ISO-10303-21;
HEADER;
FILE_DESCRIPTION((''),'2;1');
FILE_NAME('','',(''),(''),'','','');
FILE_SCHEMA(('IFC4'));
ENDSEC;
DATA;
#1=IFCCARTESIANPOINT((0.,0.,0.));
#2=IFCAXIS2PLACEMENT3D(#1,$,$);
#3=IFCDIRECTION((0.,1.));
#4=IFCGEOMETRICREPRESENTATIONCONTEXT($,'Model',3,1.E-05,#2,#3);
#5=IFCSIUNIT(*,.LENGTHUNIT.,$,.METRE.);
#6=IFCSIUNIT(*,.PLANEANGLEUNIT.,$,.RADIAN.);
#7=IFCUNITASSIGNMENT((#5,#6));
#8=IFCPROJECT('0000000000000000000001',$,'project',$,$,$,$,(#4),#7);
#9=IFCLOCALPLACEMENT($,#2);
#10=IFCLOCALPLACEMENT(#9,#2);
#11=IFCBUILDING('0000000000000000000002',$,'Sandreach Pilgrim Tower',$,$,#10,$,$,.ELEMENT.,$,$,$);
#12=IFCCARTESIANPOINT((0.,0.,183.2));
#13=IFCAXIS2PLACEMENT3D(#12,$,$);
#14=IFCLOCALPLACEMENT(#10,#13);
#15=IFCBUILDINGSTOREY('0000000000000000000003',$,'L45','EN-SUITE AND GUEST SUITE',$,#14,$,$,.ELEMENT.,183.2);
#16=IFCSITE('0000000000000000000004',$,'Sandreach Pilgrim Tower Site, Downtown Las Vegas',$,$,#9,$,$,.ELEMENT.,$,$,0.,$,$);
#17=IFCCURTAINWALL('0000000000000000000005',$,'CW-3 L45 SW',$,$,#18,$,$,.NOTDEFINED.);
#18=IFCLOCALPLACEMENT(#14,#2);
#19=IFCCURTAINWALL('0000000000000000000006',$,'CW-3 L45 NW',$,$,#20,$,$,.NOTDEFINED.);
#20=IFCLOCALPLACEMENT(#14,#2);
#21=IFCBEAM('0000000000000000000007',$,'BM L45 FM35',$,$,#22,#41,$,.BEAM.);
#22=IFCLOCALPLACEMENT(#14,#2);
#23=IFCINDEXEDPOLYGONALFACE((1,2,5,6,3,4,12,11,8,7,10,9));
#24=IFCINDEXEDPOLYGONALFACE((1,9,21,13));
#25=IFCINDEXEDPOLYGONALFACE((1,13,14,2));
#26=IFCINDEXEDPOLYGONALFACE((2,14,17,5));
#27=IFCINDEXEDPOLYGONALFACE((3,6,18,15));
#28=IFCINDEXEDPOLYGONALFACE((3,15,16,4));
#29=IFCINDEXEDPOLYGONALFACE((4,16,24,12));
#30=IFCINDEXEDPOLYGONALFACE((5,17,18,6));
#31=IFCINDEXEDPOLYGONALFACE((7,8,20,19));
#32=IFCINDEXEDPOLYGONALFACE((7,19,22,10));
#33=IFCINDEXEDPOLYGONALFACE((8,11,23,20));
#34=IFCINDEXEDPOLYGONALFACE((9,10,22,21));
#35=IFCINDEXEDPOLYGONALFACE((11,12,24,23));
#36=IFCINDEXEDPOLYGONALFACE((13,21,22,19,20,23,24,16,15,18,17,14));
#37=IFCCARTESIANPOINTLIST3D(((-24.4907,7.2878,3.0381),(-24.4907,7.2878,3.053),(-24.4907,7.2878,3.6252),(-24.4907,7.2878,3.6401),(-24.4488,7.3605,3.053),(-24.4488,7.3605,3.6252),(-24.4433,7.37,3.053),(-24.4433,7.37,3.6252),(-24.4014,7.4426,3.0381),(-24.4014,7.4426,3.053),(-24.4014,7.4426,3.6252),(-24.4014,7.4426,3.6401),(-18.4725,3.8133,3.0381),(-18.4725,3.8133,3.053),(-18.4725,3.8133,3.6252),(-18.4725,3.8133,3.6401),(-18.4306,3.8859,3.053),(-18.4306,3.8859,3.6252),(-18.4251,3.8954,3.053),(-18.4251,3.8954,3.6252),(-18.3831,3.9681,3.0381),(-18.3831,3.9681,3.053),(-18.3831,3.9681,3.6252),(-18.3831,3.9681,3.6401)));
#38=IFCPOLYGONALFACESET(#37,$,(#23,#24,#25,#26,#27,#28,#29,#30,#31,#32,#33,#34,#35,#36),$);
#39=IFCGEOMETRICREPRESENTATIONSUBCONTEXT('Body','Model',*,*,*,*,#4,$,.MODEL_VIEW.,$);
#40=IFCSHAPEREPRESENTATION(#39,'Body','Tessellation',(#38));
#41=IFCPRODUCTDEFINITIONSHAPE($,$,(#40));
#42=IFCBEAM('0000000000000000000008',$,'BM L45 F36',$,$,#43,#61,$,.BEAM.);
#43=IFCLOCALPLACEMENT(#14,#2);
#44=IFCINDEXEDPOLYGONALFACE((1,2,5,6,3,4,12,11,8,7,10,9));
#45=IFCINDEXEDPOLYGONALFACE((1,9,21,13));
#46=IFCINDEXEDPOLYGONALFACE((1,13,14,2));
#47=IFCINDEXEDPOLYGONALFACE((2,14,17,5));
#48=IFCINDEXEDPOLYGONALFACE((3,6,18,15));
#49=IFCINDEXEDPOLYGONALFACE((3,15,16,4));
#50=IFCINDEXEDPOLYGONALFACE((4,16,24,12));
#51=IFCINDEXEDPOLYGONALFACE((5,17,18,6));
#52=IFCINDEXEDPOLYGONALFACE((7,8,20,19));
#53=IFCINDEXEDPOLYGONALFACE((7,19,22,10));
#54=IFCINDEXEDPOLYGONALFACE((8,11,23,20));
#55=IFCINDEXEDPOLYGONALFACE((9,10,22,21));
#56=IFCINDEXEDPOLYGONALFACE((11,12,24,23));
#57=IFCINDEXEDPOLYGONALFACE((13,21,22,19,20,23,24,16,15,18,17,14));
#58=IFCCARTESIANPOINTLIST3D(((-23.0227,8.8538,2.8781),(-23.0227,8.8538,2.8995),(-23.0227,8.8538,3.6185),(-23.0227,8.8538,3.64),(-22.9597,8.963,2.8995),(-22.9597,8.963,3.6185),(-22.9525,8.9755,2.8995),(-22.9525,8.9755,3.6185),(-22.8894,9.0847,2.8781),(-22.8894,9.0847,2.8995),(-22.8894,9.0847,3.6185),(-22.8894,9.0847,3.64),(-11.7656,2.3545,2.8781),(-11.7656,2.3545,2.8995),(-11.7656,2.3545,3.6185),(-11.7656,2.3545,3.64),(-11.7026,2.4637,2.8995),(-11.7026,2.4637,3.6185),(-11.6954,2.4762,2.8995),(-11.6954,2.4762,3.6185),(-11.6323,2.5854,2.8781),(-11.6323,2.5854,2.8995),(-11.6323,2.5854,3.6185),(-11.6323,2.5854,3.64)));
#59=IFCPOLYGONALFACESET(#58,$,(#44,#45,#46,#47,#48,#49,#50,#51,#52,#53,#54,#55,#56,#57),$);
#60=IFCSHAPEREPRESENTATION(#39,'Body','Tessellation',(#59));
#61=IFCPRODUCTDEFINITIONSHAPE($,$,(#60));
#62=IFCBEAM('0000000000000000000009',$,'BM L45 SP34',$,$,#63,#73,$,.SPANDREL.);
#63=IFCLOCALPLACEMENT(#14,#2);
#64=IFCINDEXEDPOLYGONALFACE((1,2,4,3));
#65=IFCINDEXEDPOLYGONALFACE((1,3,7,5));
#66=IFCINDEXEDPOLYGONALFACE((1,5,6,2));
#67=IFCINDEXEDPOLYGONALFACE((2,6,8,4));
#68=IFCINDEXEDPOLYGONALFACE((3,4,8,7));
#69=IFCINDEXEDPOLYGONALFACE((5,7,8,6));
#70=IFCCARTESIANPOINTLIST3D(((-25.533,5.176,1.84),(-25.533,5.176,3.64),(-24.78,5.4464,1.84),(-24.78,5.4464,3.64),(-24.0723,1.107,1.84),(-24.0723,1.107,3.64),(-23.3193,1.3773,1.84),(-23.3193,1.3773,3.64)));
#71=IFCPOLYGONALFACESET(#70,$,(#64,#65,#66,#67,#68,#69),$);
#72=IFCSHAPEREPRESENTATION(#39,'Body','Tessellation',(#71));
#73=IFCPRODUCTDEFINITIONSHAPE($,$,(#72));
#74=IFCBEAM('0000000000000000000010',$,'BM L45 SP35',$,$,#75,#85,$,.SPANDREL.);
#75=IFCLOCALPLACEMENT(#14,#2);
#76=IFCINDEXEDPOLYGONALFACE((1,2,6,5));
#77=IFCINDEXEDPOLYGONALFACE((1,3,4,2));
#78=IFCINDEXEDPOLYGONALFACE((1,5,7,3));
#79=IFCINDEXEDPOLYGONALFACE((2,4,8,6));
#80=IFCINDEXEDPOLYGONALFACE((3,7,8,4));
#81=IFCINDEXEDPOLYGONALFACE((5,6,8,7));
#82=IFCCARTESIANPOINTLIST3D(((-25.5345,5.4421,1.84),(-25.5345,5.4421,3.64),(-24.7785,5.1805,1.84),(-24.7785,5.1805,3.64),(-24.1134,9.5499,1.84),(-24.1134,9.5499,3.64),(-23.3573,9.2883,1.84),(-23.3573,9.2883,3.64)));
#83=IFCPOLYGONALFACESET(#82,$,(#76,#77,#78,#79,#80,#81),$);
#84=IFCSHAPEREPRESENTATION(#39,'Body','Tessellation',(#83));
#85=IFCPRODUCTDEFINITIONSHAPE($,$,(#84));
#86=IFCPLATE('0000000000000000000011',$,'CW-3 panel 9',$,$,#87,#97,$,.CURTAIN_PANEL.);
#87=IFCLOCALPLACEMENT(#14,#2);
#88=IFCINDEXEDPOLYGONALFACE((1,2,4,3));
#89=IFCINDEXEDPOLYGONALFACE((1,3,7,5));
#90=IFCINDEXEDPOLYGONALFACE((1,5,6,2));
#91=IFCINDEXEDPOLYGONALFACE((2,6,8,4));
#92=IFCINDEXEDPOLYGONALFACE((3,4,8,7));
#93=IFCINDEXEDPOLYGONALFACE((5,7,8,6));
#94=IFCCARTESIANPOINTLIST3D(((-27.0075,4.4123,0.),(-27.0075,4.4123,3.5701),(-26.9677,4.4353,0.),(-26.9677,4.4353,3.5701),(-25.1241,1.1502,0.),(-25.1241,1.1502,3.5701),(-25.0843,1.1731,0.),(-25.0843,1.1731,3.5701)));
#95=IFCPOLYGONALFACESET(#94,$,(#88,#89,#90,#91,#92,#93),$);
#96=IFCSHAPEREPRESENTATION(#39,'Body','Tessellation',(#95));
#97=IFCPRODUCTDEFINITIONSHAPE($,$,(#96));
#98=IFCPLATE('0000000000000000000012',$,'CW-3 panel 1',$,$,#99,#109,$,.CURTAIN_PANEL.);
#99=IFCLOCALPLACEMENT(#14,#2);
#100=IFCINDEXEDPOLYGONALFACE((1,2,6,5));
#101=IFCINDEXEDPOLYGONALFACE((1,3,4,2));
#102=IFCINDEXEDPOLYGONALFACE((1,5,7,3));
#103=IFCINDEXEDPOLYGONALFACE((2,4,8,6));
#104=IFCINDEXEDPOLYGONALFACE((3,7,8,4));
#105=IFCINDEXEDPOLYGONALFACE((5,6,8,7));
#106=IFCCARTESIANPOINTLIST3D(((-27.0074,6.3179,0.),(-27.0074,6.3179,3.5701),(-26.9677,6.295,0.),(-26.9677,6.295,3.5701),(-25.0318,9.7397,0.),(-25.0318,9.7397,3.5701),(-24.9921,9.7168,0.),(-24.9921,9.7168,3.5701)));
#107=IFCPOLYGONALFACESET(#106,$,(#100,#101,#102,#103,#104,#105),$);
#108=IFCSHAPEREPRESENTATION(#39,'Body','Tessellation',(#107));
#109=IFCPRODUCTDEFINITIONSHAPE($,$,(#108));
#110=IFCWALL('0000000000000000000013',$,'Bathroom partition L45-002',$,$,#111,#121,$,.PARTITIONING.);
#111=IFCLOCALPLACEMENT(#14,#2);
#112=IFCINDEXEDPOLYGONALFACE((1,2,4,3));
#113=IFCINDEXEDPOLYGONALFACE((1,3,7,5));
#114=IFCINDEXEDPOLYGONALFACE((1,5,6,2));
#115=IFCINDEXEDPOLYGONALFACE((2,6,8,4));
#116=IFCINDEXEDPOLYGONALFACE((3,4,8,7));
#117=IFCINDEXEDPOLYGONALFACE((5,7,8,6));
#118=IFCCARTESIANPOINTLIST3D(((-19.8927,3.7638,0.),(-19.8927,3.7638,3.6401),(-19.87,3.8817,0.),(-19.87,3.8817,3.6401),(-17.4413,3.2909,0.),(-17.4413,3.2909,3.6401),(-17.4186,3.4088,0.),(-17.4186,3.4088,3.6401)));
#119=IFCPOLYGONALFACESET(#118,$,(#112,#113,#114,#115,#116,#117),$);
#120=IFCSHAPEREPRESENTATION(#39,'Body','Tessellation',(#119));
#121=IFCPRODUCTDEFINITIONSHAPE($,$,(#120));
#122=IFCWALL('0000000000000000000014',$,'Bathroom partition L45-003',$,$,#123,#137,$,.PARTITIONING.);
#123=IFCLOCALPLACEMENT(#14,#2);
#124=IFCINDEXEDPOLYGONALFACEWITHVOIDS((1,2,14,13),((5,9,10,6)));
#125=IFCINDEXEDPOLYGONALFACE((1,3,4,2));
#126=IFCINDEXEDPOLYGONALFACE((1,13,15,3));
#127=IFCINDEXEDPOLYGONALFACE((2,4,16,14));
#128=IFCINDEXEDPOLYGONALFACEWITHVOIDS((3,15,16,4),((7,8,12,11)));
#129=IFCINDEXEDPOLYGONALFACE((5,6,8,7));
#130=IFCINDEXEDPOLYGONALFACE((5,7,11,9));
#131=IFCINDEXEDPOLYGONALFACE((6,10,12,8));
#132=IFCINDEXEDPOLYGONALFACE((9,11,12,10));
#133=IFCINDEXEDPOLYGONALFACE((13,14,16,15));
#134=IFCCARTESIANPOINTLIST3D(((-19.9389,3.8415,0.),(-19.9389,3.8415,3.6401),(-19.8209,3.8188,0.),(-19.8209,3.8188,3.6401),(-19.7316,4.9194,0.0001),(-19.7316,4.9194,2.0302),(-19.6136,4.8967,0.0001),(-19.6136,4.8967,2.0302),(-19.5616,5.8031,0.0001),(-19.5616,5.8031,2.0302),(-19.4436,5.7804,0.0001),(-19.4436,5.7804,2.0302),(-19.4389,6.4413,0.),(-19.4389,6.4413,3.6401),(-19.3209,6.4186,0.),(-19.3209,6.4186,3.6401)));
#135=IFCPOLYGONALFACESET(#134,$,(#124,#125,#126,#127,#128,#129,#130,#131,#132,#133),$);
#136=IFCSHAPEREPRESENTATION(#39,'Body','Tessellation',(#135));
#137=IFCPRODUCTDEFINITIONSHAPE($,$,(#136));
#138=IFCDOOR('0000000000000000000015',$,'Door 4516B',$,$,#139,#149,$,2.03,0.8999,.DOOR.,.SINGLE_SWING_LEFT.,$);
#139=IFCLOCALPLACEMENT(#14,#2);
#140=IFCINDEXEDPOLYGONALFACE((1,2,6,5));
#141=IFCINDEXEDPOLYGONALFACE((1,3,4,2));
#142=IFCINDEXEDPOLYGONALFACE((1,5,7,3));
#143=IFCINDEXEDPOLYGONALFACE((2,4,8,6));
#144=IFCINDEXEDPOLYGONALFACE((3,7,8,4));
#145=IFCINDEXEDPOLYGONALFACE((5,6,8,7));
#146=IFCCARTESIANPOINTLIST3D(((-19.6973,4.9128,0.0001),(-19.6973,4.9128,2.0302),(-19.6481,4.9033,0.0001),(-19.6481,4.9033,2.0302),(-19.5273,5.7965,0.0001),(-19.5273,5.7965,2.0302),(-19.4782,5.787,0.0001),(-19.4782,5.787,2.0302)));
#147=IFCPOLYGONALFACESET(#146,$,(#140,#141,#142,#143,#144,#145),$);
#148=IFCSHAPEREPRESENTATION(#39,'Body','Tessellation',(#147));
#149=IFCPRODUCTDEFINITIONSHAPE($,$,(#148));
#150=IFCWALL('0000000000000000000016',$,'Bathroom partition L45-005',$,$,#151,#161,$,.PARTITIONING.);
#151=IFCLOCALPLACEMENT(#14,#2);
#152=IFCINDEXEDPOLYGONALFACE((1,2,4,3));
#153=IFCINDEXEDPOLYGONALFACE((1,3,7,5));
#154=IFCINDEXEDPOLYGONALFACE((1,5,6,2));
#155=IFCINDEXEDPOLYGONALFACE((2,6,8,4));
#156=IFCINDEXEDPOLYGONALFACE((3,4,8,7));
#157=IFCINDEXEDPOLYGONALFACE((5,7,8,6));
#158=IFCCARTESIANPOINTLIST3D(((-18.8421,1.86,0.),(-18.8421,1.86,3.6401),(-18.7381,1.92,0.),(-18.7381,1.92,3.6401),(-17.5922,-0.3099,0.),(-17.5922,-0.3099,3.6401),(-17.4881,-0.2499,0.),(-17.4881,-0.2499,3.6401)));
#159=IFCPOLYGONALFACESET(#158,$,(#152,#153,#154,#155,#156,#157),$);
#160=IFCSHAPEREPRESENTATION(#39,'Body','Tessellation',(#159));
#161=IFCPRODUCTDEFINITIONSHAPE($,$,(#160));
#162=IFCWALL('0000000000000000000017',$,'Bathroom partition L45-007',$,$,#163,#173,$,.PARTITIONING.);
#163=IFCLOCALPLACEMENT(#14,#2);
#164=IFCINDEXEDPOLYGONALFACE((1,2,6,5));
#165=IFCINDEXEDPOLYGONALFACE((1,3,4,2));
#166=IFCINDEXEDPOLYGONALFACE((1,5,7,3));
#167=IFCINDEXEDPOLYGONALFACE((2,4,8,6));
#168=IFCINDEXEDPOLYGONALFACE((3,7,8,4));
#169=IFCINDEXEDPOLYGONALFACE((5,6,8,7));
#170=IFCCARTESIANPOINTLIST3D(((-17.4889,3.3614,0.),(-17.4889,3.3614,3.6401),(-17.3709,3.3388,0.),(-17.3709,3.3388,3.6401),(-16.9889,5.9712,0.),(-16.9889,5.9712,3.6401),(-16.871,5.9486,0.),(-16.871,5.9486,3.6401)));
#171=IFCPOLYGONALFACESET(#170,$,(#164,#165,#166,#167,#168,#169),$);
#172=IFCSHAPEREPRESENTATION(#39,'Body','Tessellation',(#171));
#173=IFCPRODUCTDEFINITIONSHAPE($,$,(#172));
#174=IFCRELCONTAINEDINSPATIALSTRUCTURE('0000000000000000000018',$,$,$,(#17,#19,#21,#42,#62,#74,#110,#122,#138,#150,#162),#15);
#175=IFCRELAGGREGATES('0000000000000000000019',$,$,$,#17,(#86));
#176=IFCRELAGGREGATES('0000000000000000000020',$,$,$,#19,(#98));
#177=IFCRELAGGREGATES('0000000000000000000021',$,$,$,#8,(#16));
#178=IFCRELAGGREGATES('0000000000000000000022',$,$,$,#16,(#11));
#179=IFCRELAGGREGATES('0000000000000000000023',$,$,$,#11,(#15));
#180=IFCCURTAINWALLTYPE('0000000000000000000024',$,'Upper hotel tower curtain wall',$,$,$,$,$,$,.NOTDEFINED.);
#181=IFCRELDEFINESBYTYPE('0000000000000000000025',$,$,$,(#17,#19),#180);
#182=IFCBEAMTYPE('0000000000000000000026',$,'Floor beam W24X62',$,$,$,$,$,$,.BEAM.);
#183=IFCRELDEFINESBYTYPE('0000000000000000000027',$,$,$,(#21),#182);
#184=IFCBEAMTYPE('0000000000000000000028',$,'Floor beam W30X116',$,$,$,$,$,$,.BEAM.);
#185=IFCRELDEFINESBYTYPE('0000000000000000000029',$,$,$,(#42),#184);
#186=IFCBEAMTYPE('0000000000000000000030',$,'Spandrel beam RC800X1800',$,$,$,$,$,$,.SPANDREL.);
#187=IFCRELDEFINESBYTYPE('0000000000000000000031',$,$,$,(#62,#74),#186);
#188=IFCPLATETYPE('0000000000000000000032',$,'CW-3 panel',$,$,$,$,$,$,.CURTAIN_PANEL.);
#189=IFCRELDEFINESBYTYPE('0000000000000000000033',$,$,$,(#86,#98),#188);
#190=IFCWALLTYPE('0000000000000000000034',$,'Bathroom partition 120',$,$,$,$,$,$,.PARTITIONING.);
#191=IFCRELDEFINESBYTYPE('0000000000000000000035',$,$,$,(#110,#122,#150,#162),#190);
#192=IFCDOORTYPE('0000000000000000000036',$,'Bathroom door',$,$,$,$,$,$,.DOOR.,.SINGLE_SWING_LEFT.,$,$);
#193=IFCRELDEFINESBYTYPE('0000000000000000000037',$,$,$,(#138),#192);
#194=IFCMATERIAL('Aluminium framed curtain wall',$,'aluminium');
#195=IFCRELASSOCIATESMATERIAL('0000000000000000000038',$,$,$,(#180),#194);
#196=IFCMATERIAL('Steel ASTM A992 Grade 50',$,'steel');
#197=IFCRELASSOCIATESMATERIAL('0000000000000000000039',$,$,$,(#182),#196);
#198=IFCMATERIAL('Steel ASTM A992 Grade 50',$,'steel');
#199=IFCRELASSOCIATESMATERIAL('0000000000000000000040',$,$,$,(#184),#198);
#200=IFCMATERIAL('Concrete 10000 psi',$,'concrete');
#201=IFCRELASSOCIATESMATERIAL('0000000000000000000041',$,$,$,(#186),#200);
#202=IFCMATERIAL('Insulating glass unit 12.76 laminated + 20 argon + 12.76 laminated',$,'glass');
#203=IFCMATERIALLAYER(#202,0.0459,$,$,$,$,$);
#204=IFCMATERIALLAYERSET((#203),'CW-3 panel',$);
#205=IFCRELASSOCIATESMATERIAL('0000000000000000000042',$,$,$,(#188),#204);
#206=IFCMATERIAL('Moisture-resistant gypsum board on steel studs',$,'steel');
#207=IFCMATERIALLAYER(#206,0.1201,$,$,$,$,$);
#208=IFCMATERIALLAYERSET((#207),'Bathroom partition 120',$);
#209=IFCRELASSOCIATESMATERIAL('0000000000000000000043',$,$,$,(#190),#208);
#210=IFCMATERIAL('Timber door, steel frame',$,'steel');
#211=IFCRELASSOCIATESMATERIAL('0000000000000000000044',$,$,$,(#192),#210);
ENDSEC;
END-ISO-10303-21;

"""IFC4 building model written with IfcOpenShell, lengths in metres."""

from ifc_helpers import new_model, si_unit, direction, frame, frame_2d, origin, origin_2d, place, context, subcontext, project, spatial, rectangle, i_section, extrude, material, layer, layer_set, material_profile, profile_set, type_object, element, fill, aggregate, save


model = new_model("IFC4")

# Units and contexts
model_context = context("Model", 3, precision=1e-05, world=origin(), true_north=direction((0.0, 1.0)))
body_context = subcontext(model_context, "Body", "Model", "MODEL_VIEW")
ifc_project = project(units=[si_unit("LENGTHUNIT", "METRE"), si_unit("PLANEANGLEUNIT", "RADIAN")], contexts=[model_context])

# Site, building, storey
site_placement = place(None, origin())
site = spatial("IfcSite", under=ifc_project, at=site_placement, Name="Sandreach Pilgrim Tower Site, Downtown Las Vegas", CompositionType="ELEMENT", RefElevation=0.0)
building_placement = place(site_placement, origin())
building = spatial("IfcBuilding", under=site, at=building_placement, Name="Sandreach Pilgrim Tower", CompositionType="ELEMENT")
storey_placement = place(building_placement, frame((0.0, 0.0, 183.2)))
storey = spatial("IfcBuildingStorey", under=building, at=storey_placement, Name="L45", Description="EN-SUITE AND GUEST SUITE", CompositionType="ELEMENT", Elevation=183.2)

# Curtain wall
ifc_material_1 = material(Name="Aluminium framed curtain wall", Category="aluminium")
curtain_wall_type = type_object("IfcCurtainWallType", Name="Upper hotel tower curtain wall", PredefinedType="NOTDEFINED", material=ifc_material_1)
curtain_wall_1_placement = place(storey_placement, origin())
curtain_wall_1 = element("IfcCurtainWall", 1, at=curtain_wall_1_placement, inside=storey, type_object=curtain_wall_type, Name="CW-3 L45 SW", PredefinedType="NOTDEFINED")

# Curtain wall
curtain_wall_2_placement = place(storey_placement, origin())
curtain_wall_2 = element("IfcCurtainWall", 2, at=curtain_wall_2_placement, inside=storey, type_object=curtain_wall_type, Name="CW-3 L45 NW", PredefinedType="NOTDEFINED")

# Beams
ifc_material_2 = material(Name="Steel ASTM A992 Grade 50", Category="steel")
ifc_material_profile_1 = material_profile(ifc_material_2, i_section(OverallWidth=0.1787, OverallDepth=0.6021, WebThickness=0.011, FlangeThickness=0.0149, at=origin_2d()), Name="W24X62")
ifc_profile_set_1 = profile_set([ifc_material_profile_1], Name="Steel ASTM A992 Grade 50")
beam_type_1 = type_object("IfcBeamType", Name="Floor beam W24X62", PredefinedType="BEAM", material=ifc_profile_set_1)
beam_1_placement = place(storey_placement, frame((-24.446, 7.3652, 3.3391), z_axis=(0.866029, -0.499993, 0.0), x_axis=(0.499993, 0.866029, 0.0)))
element("IfcBeam", 3, at=beam_1_placement, inside=storey, type_object=beam_type_1, Name="BM L45 FM35", PredefinedType="BEAM", context=body_context, shape_type="SweptSolid", body=[
    extrude(i_section(OverallWidth=0.1787, OverallDepth=0.6021, WebThickness=0.011, FlangeThickness=0.0149, at=origin_2d()), origin(), (0.0, 0.0, 1.0), 6.9492),
])
ifc_material_3 = material(Name="Steel ASTM A992 Grade 50", Category="steel")
ifc_material_profile_2 = material_profile(ifc_material_3, i_section(OverallWidth=0.2666, OverallDepth=0.762, WebThickness=0.0144, FlangeThickness=0.0215, at=origin_2d()), Name="W30X116")
ifc_profile_set_2 = profile_set([ifc_material_profile_2], Name="Steel ASTM A992 Grade 50")
beam_type_2 = type_object("IfcBeamType", Name="Floor beam W30X116", PredefinedType="BEAM", material=ifc_profile_set_2)
beam_2_placement = place(storey_placement, frame((-22.9561, 8.9692, 3.259), z_axis=(0.866026, -0.499999, 0.0), x_axis=(0.499999, 0.866026, 0.0)))
element("IfcBeam", 4, at=beam_2_placement, inside=storey, type_object=beam_type_2, Name="BM L45 F36", PredefinedType="BEAM", context=body_context, shape_type="SweptSolid", body=[
    extrude(i_section(OverallWidth=0.2666, OverallDepth=0.762, WebThickness=0.0144, FlangeThickness=0.0215, at=origin_2d()), origin(), (0.0, 0.0, 1.0), 12.9985),
])
ifc_material_4 = material(Name="Concrete 10000 psi", Category="concrete")
ifc_material_profile_3 = material_profile(ifc_material_4, rectangle(XDim=0.8, YDim=1.8, at=origin_2d()), Name="RC800X1800")
ifc_profile_set_3 = profile_set([ifc_material_profile_3], Name="Concrete 10000 psi")
beam_type_3 = type_object("IfcBeamType", Name="Spandrel beam RC800X1800", PredefinedType="SPANDREL", material=ifc_profile_set_3)
beam_3_placement = place(storey_placement, frame((-23.6958, 1.2422, 2.74), z_axis=(-0.337863, 0.941195, 0.0), x_axis=(-0.941195, -0.337863, 0.0)))
element("IfcBeam", 5, at=beam_3_placement, inside=storey, type_object=beam_type_3, Name="BM L45 SP34", PredefinedType="SPANDREL", context=body_context, shape_type="SweptSolid", body=[
    extrude(rectangle(XDim=0.8, YDim=1.8, at=origin_2d()), origin(), (0.0, 0.0, 1.0), 4.3232),
])
beam_4_placement = place(storey_placement, frame((-25.1565, 5.3113, 2.74), z_axis=(0.326941, 0.945045, 0.0), x_axis=(-0.945045, 0.326941, 0.0)))
element("IfcBeam", 6, at=beam_4_placement, inside=storey, type_object=beam_type_3, Name="BM L45 SP35", PredefinedType="SPANDREL", context=body_context, shape_type="SweptSolid", body=[
    extrude(rectangle(XDim=0.8, YDim=1.8, at=origin_2d()), origin(), (0.0, 0.0, 1.0), 4.3467),
])

# Plates
ifc_material_5 = material(Name="Insulating glass unit 12.76 laminated + 20 argon + 12.76 laminated", Category="glass")
ifc_layer_1 = layer(ifc_material_5, 0.0459)
ifc_layer_set_1 = layer_set([ifc_layer_1], Name="CW-3 panel")
plate_type = type_object("IfcPlateType", Name="CW-3 panel", PredefinedType="CURTAIN_PANEL", material=ifc_layer_set_1)
plate_1_placement = place(storey_placement, frame((-26.0459, 2.7927, 0.0), z_axis=(0.0, 0.0, 1.0), x_axis=(-0.5, 0.866025, 0.0)))
plate_1 = element("IfcPlate", 7, at=plate_1_placement, type_object=plate_type, Name="CW-3 panel 9", PredefinedType="CURTAIN_PANEL", context=body_context, shape_type="SweptSolid", body=[
    extrude(rectangle(XDim=3.7668, YDim=0.0459, at=origin_2d()), origin(), (0.0, 0.0, 1.0), 3.5701),
])
aggregate(curtain_wall_1, [plate_1])
plate_2_placement = place(storey_placement, frame((-25.9998, 8.0173, 0.0), z_axis=(0.0, 0.0, 1.0), x_axis=(0.5, 0.866025, 0.0)))
plate_2 = element("IfcPlate", 8, at=plate_2_placement, type_object=plate_type, Name="CW-3 panel 1", PredefinedType="CURTAIN_PANEL", context=body_context, shape_type="SweptSolid", body=[
    extrude(rectangle(XDim=3.9512, YDim=0.0459, at=origin_2d()), origin(), (0.0, 0.0, 1.0), 3.5701),
])
aggregate(curtain_wall_2, [plate_2])

# Wall
ifc_material_6 = material(Name="Moisture-resistant gypsum board on steel studs", Category="steel")
ifc_layer_2 = layer(ifc_material_6, 0.1201)
ifc_layer_set_2 = layer_set([ifc_layer_2], Name="Bathroom partition 120")
wall_type_1 = type_object("IfcWallType", Name="Bathroom partition 120", PredefinedType="PARTITIONING", material=ifc_layer_set_2)
wall_1_placement = place(storey_placement, frame((-19.8813, 3.8228, 0.0), z_axis=(0.0, 0.0, 1.0), x_axis=(0.981897, -0.189417, 0.0)))
element("IfcWall", 9, at=wall_1_placement, inside=storey, type_object=wall_type_1, Name="Bathroom partition L45-002", PredefinedType="PARTITIONING", context=body_context, shape_type="SweptSolid", body=[
    extrude(rectangle(XDim=2.4966, YDim=0.1201, at=frame_2d((1.2483, 0.0))), origin(), (0.0, 0.0, 1.0), 3.6401),
])

# Wall, opening, door
wall_2_placement = place(storey_placement, frame((-19.3799, 6.4299, 0.0), z_axis=(0.0, 0.0, 1.0), x_axis=(-0.188858, -0.982004, 0.0)))
wall_2 = element("IfcWall", 10, at=wall_2_placement, inside=storey, type_object=wall_type_1, Name="Bathroom partition L45-003", PredefinedType="PARTITIONING", context=body_context, shape_type="SweptSolid", body=[
    extrude(rectangle(XDim=2.6475, YDim=0.1201, at=frame_2d((1.3237, 0.0))), origin(), (0.0, 0.0, 1.0), 3.6401),
])
opening_1_placement = place(wall_2_placement, frame((0.6499, 0.0, 0.0)))
opening_1 = element("IfcOpeningElement", 11, at=opening_1_placement, cuts=wall_2, PredefinedType="OPENING", context=body_context, shape_type="SweptSolid", body=[
    extrude(rectangle(XDim=0.8999, YDim=2.03, at=frame_2d((0.45, 1.0151))), frame((0.0, 0.0601, 0.0), z_axis=(0.0, -1.0, 0.0), x_axis=(1.0, 0.0, 0.0)), (0.0, 0.0, 1.0), 0.1201),
])
ifc_material_7 = material(Name="Timber door, steel frame", Category="steel")
door_type_1 = type_object("IfcDoorType", Name="Bathroom door", OperationType="SINGLE_SWING_LEFT", PredefinedType="DOOR", material=ifc_material_7)
door_1_placement = place(opening_1_placement, origin())
door_1 = element("IfcDoor", 12, at=door_1_placement, inside=storey, type_object=door_type_1, Name="Door 4516B", OperationType="SINGLE_SWING_LEFT", OverallHeight=2.03, OverallWidth=0.8999, PredefinedType="DOOR", context=body_context, shape_type="SweptSolid", body=[
    extrude(rectangle(XDim=0.8999, YDim=2.03, at=frame_2d((0.45, 1.0151))), frame((0.0, 0.0249, 0.0), z_axis=(0.0, -1.0, 0.0), x_axis=(1.0, 0.0, 0.0)), (0.0, 0.0, 1.0), 0.05),
])
fill(opening_1, door_1)

# Walls
wall_3_placement = place(storey_placement, frame((-18.79, 1.8899, 0.0), z_axis=(0.0, 0.0, 1.0), x_axis=(0.49916, -0.86651, 0.0)))
element("IfcWall", 13, at=wall_3_placement, inside=storey, type_object=wall_type_1, Name="Bathroom partition L45-005", PredefinedType="PARTITIONING", context=body_context, shape_type="SweptSolid", body=[
    extrude(rectangle(XDim=2.5042, YDim=0.1201, at=frame_2d((1.252, 0.0))), origin(), (0.0, 0.0, 1.0), 3.6401),
])
wall_4_placement = place(storey_placement, frame((-17.4299, 3.3501, 0.0), z_axis=(0.0, 0.0, 1.0), x_axis=(0.188159, 0.982139, 0.0)))
element("IfcWall", 14, at=wall_4_placement, inside=storey, type_object=wall_type_1, Name="Bathroom partition L45-007", PredefinedType="PARTITIONING", context=body_context, shape_type="SweptSolid", body=[
    extrude(rectangle(XDim=2.6572, YDim=0.1201, at=frame_2d((1.3286, 0.0))), origin(), (0.0, 0.0, 1.0), 3.6401),
])

save(model, "model.ifc")
